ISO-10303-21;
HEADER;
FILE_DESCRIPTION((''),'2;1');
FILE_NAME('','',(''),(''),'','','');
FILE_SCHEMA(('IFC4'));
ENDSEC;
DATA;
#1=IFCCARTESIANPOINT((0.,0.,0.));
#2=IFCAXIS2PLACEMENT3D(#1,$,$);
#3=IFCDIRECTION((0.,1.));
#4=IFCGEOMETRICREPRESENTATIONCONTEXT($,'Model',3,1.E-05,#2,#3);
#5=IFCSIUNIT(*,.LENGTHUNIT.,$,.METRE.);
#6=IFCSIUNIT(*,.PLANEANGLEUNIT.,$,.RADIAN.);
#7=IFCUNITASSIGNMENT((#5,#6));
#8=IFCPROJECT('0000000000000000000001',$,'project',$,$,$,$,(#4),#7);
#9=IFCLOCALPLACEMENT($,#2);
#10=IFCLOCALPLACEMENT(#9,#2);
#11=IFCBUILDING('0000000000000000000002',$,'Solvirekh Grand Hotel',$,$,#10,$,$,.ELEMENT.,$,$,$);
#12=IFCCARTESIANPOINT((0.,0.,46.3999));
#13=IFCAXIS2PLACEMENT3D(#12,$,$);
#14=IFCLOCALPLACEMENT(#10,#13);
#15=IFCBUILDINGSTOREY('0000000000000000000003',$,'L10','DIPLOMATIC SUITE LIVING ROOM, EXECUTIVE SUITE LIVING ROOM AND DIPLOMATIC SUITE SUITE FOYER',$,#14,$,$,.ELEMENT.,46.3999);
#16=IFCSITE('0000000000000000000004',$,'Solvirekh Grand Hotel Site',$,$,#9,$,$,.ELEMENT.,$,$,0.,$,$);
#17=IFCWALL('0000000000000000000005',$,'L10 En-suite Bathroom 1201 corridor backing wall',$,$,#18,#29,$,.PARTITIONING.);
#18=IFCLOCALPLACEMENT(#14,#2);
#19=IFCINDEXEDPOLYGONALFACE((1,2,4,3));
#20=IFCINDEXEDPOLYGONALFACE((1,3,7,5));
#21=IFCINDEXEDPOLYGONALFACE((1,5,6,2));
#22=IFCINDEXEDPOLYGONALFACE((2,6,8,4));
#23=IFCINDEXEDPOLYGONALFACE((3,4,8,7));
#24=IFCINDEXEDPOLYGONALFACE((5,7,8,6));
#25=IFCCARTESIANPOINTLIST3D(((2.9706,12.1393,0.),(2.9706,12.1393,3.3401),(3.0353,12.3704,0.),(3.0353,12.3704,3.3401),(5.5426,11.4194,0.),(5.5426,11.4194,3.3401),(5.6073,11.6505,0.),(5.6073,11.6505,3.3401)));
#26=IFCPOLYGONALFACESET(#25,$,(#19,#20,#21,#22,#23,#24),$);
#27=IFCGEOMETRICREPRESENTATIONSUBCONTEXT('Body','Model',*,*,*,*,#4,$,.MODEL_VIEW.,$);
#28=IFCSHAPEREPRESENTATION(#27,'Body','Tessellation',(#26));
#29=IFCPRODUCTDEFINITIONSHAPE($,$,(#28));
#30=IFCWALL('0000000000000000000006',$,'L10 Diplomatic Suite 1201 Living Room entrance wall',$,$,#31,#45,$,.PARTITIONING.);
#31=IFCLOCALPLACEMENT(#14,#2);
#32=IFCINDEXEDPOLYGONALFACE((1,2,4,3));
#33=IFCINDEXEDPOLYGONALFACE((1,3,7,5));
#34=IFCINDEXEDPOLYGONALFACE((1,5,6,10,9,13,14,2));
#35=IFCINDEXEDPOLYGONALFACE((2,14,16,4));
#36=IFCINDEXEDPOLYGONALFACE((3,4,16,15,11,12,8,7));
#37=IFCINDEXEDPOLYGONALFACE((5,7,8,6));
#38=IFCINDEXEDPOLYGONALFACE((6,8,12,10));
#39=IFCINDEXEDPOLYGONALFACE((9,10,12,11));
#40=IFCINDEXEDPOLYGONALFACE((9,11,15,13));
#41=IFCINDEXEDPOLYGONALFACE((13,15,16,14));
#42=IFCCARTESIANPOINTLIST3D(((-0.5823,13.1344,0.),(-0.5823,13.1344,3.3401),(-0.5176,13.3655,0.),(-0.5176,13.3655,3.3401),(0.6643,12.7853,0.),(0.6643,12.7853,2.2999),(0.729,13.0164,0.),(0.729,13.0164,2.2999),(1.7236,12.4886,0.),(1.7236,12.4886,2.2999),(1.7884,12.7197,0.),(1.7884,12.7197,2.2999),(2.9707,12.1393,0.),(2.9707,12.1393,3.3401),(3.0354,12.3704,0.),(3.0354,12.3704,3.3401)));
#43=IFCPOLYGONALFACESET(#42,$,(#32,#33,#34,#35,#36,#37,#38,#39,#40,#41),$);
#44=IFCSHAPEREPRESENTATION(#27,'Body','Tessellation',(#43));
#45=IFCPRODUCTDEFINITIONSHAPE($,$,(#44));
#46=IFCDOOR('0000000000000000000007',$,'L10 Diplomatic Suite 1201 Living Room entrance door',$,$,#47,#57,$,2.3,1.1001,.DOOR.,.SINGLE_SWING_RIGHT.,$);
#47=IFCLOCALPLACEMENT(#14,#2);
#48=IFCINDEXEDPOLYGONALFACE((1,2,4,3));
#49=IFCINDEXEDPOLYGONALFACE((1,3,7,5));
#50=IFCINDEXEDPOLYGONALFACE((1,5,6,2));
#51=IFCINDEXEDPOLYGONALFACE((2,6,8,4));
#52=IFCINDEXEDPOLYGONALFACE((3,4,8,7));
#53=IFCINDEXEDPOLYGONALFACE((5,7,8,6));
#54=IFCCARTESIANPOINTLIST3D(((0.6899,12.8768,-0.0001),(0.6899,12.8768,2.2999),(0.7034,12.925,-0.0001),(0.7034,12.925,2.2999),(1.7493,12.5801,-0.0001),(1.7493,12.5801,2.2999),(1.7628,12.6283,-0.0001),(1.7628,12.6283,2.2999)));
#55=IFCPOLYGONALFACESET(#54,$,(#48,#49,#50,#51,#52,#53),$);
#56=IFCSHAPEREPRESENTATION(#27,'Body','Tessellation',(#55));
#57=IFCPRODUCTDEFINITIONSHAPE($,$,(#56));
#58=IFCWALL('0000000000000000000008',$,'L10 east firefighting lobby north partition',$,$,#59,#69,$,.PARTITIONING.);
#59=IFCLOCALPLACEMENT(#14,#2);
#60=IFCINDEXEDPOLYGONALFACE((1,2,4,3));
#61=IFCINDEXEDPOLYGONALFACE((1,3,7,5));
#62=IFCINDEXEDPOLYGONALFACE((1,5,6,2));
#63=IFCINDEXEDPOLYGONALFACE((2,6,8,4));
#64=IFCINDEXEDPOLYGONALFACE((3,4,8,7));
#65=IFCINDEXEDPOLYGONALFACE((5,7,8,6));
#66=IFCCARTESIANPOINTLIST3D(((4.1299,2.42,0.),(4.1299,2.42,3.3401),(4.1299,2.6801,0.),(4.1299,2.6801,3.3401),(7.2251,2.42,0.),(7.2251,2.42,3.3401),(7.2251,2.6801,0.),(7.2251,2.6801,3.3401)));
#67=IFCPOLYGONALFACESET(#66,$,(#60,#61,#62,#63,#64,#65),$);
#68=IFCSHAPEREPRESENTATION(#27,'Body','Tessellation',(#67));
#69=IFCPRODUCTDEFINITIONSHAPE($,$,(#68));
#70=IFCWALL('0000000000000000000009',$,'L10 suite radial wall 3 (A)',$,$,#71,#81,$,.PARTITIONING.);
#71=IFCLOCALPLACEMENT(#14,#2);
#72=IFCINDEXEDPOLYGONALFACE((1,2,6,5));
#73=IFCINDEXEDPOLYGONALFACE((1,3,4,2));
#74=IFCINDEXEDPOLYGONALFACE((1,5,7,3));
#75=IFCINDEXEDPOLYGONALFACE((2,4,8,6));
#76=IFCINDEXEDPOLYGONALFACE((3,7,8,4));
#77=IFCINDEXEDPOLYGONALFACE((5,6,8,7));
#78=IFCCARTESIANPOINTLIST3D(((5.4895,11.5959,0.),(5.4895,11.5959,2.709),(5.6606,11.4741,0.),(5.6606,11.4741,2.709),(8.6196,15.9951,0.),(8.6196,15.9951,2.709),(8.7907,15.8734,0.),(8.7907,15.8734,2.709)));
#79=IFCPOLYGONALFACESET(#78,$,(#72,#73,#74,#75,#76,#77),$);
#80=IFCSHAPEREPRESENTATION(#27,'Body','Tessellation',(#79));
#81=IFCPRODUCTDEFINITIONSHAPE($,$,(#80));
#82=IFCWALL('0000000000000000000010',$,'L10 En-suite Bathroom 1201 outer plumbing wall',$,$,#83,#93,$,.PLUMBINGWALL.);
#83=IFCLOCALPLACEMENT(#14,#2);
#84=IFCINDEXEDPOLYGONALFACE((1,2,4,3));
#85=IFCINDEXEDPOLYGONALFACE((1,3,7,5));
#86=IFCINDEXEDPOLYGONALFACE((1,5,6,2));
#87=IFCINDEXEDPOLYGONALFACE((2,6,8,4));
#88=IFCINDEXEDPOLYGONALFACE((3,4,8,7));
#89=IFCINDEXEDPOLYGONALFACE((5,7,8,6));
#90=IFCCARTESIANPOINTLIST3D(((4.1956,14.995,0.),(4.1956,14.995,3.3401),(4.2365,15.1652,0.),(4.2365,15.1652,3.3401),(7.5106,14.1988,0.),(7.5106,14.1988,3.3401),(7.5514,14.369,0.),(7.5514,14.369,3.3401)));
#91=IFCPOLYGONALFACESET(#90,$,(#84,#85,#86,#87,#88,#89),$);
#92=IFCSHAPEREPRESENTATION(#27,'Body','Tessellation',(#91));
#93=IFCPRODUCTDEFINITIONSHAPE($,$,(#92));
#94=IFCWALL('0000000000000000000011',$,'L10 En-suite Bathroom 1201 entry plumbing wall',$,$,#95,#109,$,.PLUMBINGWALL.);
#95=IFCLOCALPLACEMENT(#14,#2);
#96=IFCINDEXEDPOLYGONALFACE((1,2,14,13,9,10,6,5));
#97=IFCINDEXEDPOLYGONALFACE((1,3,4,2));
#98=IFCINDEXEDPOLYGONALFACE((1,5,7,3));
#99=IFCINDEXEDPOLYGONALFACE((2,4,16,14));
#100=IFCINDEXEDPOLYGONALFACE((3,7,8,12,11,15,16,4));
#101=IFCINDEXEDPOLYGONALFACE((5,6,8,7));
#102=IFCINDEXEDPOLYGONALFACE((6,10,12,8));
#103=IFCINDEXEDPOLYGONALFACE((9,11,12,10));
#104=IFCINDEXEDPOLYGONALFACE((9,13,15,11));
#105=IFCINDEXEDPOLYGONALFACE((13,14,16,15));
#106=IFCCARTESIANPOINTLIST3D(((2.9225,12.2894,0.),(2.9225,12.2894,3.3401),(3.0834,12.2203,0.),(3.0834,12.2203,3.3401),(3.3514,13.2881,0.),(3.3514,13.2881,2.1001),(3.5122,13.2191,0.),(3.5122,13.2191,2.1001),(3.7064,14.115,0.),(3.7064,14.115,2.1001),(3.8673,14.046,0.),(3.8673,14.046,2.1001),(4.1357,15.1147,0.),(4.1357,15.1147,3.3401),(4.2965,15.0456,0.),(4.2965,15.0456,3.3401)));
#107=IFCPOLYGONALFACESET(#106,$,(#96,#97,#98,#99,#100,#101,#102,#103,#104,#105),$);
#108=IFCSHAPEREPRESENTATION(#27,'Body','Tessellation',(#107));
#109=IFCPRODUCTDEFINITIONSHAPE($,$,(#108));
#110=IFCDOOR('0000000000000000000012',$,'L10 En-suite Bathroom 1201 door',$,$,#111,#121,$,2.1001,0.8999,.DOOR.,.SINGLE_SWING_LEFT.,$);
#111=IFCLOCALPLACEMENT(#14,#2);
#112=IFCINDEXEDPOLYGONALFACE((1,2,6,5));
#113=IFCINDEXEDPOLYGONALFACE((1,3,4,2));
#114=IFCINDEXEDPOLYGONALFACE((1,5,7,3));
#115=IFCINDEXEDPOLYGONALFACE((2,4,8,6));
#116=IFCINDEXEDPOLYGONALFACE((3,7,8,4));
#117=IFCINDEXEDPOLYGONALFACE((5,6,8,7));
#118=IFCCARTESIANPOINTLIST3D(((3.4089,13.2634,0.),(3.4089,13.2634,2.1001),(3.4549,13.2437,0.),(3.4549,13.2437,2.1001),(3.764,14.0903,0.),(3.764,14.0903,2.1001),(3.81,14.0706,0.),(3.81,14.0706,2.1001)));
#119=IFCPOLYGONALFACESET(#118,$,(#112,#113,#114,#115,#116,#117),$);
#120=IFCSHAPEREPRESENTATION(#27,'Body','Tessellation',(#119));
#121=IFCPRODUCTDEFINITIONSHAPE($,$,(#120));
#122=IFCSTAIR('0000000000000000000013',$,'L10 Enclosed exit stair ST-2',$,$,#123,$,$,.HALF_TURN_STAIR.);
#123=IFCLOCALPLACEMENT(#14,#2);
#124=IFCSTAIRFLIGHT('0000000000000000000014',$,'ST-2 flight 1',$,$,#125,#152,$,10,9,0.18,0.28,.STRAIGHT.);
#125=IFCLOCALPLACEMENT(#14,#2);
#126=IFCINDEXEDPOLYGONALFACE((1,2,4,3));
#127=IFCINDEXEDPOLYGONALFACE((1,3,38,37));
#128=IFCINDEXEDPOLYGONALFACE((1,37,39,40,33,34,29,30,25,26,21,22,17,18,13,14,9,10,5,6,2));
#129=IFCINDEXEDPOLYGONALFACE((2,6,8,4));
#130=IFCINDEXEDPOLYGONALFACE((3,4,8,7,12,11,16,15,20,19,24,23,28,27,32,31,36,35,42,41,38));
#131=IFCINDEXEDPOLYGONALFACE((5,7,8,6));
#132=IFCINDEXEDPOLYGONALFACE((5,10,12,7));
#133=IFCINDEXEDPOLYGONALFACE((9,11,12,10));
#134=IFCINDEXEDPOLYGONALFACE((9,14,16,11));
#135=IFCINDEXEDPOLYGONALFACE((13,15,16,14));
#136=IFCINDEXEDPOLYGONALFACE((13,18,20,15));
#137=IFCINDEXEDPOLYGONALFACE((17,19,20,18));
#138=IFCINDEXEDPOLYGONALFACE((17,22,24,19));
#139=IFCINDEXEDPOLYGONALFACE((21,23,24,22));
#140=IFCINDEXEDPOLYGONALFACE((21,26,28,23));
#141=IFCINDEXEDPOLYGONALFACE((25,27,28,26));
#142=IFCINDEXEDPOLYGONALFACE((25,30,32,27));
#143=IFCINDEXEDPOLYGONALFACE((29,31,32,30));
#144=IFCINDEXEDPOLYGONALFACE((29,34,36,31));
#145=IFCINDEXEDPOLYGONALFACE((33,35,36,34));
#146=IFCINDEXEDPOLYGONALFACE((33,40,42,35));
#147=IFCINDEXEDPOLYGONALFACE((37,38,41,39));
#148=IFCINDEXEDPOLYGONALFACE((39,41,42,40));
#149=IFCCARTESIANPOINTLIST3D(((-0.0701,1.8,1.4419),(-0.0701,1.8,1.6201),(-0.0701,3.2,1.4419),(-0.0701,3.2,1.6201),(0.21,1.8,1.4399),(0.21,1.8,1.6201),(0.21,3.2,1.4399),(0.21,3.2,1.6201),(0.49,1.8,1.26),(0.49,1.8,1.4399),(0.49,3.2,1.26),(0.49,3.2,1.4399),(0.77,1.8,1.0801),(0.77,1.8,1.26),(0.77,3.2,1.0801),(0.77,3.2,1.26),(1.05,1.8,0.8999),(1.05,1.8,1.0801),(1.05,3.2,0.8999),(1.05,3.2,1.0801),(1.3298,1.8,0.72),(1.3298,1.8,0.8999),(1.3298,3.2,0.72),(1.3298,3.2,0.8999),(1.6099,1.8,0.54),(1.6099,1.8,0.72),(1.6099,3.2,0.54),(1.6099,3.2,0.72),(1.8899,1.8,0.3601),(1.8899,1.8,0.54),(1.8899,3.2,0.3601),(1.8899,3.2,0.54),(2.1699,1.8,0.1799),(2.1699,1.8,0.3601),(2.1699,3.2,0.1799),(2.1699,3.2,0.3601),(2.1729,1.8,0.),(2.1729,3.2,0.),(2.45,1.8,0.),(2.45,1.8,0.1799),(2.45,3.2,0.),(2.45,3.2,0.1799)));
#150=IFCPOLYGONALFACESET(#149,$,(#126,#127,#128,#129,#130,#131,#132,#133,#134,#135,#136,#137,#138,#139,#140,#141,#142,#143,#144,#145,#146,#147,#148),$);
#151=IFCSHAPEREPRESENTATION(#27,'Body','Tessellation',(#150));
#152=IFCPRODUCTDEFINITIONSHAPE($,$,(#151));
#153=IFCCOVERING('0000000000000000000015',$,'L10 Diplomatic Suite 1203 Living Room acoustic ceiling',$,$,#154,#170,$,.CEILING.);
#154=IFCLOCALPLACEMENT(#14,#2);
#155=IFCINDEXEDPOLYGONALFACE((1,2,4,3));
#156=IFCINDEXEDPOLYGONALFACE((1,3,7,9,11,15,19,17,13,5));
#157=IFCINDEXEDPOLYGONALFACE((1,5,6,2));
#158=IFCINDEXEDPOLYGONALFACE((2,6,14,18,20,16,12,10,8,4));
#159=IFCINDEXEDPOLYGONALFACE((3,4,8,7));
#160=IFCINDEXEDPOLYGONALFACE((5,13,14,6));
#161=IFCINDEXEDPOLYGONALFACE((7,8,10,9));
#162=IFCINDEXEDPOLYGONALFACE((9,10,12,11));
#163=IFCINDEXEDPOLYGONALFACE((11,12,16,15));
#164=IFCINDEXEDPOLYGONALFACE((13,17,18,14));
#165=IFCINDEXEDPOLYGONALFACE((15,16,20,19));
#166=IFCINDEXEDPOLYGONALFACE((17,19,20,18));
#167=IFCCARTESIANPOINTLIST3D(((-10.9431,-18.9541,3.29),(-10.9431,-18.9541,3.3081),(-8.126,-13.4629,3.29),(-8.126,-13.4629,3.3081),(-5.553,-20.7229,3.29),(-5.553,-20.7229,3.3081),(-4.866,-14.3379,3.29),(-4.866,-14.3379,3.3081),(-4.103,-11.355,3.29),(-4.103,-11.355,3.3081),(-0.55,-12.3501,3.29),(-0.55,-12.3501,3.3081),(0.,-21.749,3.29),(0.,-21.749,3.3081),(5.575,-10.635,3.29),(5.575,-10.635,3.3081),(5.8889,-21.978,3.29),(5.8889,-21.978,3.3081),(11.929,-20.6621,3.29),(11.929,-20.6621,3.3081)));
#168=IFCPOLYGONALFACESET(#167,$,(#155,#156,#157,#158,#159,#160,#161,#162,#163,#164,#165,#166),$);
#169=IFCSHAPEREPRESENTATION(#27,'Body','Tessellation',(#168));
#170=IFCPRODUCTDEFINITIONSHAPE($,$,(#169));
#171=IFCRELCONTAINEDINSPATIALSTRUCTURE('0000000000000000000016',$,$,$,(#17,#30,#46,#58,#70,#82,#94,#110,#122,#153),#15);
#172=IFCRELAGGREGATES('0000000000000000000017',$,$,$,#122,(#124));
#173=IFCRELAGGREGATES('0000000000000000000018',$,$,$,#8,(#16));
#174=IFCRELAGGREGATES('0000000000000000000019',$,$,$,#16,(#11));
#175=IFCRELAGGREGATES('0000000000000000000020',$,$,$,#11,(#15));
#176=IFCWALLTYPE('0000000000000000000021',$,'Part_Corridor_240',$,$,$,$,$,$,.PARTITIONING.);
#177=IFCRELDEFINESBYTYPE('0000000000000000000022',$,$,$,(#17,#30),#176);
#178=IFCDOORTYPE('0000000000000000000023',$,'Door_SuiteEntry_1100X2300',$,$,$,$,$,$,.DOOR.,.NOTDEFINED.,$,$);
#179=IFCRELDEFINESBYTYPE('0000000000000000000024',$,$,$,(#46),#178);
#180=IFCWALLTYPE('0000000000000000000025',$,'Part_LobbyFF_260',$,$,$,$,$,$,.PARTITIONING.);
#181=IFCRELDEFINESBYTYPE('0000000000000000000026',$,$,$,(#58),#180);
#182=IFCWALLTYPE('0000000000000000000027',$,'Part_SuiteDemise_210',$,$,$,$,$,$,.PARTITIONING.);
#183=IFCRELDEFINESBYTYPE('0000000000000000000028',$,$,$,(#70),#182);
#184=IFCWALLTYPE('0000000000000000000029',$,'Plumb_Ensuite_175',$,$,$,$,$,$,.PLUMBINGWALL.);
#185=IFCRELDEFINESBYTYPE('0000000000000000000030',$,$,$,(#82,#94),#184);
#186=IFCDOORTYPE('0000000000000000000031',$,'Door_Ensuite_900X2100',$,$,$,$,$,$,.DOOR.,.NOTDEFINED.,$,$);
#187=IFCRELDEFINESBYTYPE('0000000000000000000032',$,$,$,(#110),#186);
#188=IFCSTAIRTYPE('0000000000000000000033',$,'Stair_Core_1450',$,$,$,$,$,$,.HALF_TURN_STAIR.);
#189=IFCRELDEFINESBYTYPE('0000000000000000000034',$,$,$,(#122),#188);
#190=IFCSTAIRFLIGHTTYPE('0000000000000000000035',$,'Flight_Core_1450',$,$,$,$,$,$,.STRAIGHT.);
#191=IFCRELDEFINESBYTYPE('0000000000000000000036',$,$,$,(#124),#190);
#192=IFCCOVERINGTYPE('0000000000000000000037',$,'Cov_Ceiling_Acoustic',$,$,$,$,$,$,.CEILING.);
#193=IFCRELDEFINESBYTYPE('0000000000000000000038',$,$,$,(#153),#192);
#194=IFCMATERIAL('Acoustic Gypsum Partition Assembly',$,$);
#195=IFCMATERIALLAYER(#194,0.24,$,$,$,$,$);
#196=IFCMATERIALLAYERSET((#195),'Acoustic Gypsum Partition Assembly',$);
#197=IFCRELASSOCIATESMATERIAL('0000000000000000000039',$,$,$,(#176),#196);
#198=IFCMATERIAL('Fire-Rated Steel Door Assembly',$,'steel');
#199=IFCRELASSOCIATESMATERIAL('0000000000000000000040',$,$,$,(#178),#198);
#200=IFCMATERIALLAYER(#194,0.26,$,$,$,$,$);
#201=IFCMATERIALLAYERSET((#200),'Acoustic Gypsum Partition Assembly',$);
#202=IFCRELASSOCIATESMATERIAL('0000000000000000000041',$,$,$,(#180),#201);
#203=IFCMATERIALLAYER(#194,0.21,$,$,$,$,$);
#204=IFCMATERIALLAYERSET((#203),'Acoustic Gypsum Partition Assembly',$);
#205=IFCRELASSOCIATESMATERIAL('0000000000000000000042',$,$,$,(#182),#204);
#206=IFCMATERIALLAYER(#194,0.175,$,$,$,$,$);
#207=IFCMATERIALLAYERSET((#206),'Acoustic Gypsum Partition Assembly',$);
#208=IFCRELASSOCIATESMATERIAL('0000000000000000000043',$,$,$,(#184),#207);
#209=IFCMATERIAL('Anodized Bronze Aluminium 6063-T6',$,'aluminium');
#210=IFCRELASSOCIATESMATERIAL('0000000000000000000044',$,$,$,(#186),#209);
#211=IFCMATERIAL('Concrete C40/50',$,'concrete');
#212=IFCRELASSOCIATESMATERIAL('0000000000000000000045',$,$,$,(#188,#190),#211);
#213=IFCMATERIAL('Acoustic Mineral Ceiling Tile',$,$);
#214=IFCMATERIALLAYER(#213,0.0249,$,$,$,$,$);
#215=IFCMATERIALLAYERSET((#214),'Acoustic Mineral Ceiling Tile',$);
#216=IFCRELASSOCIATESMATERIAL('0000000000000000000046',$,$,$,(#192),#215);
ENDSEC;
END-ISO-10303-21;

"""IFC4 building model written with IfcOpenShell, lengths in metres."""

from ifc_helpers import new_model, si_unit, direction, frame, frame_2d, origin, place, context, subcontext, project, spatial, polyline, rectangle, outline, extrude, material, layer, layer_set, type_object, element, fill, aggregate, save


model = new_model("IFC4")

# Units and contexts
model_context = context("Model", 3, precision=1e-05, world=origin(), true_north=direction((0.0, 1.0)))
body_context = subcontext(model_context, "Body", "Model", "MODEL_VIEW")
ifc_project = project(units=[si_unit("LENGTHUNIT", "METRE"), si_unit("PLANEANGLEUNIT", "RADIAN")], contexts=[model_context])

# Site, building, storey
site_placement = place(None, origin())
site = spatial("IfcSite", under=ifc_project, at=site_placement, Name="Solvirekh Grand Hotel Site", CompositionType="ELEMENT", RefElevation=0.0)
building_placement = place(site_placement, origin())
building = spatial("IfcBuilding", under=site, at=building_placement, Name="Solvirekh Grand Hotel", CompositionType="ELEMENT")
storey_placement = place(building_placement, frame((0.0, 0.0, 46.3999)))
storey = spatial("IfcBuildingStorey", under=building, at=storey_placement, Name="L10", Description="DIPLOMATIC SUITE LIVING ROOM, EXECUTIVE SUITE LIVING ROOM AND DIPLOMATIC SUITE SUITE FOYER", CompositionType="ELEMENT", Elevation=46.3999)

# Shared definitions
ifc_material_1 = material(Name="Anodized Bronze Aluminium 6063-T6", Category="aluminium")

# Shared definitions
ifc_material_2 = material(Name="Concrete C40/50", Category="concrete")
ifc_material_3 = material(Name="Acoustic Gypsum Partition Assembly")

# Wall
ifc_layer_1 = layer(ifc_material_3, 0.24)
ifc_layer_set_1 = layer_set([ifc_layer_1], Name="Acoustic Gypsum Partition Assembly")
wall_type_1 = type_object("IfcWallType", Name="Part_Corridor_240", PredefinedType="PARTITIONING", material=ifc_layer_set_1)
wall_1_placement = place(storey_placement, frame((5.575, 11.5349, 0.0), z_axis=(0.0, 0.0, 1.0), x_axis=(-0.962983, 0.269562, 0.0)))
element("IfcWall", 1, at=wall_1_placement, inside=storey, type_object=wall_type_1, Name="L10 En-suite Bathroom 1201 corridor backing wall", PredefinedType="PARTITIONING", context=body_context, shape_type="SweptSolid", body=[
    extrude(rectangle(XDim=2.6709, YDim=0.24, at=frame_2d((1.3354, 0.0))), origin(), (0.0, 0.0, 1.0), 3.3401),
])

# Wall, opening, door
wall_2_placement = place(storey_placement, frame((3.0029, 12.2549, 0.0), z_axis=(0.0, 0.0, 1.0), x_axis=(-0.962944, 0.269701, 0.0)))
wall_2 = element("IfcWall", 2, at=wall_2_placement, inside=storey, type_object=wall_type_1, Name="L10 Diplomatic Suite 1201 Living Room entrance wall", PredefinedType="PARTITIONING", context=body_context, shape_type="SweptSolid", body=[
    extrude(rectangle(XDim=3.6897, YDim=0.24, at=frame_2d((1.8447, 0.0))), origin(), (0.0, 0.0, 1.0), 3.3401),
])
opening_1_placement = place(wall_2_placement, frame((1.2949, 0.0, 0.0)))
opening_1 = element("IfcOpeningElement", 3, at=opening_1_placement, cuts=wall_2, PredefinedType="OPENING", context=body_context, shape_type="SweptSolid", body=[
    extrude(rectangle(XDim=1.1001, YDim=2.3, at=frame_2d((0.55, 1.1499))), frame((0.0, 0.1299, 0.0), z_axis=(0.0, -1.0, 0.0), x_axis=(1.0, 0.0, 0.0)), (0.0, 0.0, 1.0), 0.26),
])
ifc_material_4 = material(Name="Fire-Rated Steel Door Assembly", Category="steel")
door_type_1 = type_object("IfcDoorType", Name="Door_SuiteEntry_1100X2300", OperationType="NOTDEFINED", PredefinedType="DOOR", material=ifc_material_4)
door_1_placement = place(opening_1_placement, origin())
door_1 = element("IfcDoor", 4, at=door_1_placement, inside=storey, type_object=door_type_1, Name="L10 Diplomatic Suite 1201 Living Room entrance door", OperationType="SINGLE_SWING_RIGHT", OverallHeight=2.3, OverallWidth=1.1001, PredefinedType="DOOR", context=body_context, shape_type="SweptSolid", body=[
    extrude(rectangle(XDim=1.1001, YDim=2.3, at=frame_2d((0.55, 1.1499))), frame((0.0, 0.0249, 0.0), z_axis=(0.0, -1.0, 0.0), x_axis=(1.0, 0.0, 0.0)), (0.0, 0.0, 1.0), 0.05),
])
fill(opening_1, door_1)

# Walls
ifc_layer_2 = layer(ifc_material_3, 0.26)
ifc_layer_set_2 = layer_set([ifc_layer_2], Name="Acoustic Gypsum Partition Assembly")
wall_type_2 = type_object("IfcWallType", Name="Part_LobbyFF_260", PredefinedType="PARTITIONING", material=ifc_layer_set_2)
wall_3_placement = place(storey_placement, frame((4.1299, 2.55, 0.0), z_axis=(0.0, 0.0, 1.0), x_axis=(1.0, 0.0, 0.0)))
element("IfcWall", 5, at=wall_3_placement, inside=storey, type_object=wall_type_2, Name="L10 east firefighting lobby north partition", PredefinedType="PARTITIONING", context=body_context, shape_type="SweptSolid", body=[
    extrude(rectangle(XDim=3.0952, YDim=0.26, at=frame_2d((1.5476, 0.0))), origin(), (0.0, 0.0, 1.0), 3.3401),
])
ifc_layer_3 = layer(ifc_material_3, 0.21)
ifc_layer_set_3 = layer_set([ifc_layer_3], Name="Acoustic Gypsum Partition Assembly")
wall_type_3 = type_object("IfcWallType", Name="Part_SuiteDemise_210", PredefinedType="PARTITIONING", material=ifc_layer_set_3)
wall_4_placement = place(storey_placement, frame((5.575, 11.5349, 0.0), z_axis=(0.0, 0.0, 1.0), x_axis=(0.579749, 0.814795, 0.0)))
element("IfcWall", 6, at=wall_4_placement, inside=storey, type_object=wall_type_3, Name="L10 suite radial wall 3 (A)", PredefinedType="PARTITIONING", context=body_context, shape_type="SweptSolid", body=[
    extrude(rectangle(XDim=5.3992, YDim=0.21, at=frame_2d((2.6997, 0.0))), origin(), (0.0, 0.0, 1.0), 2.709),
])
ifc_layer_4 = layer(ifc_material_3, 0.175)
ifc_layer_set_4 = layer_set([ifc_layer_4], Name="Acoustic Gypsum Partition Assembly")
wall_type_4 = type_object("IfcWallType", Name="Plumb_Ensuite_175", PredefinedType="PLUMBINGWALL", material=ifc_layer_set_4)
wall_5_placement = place(storey_placement, frame((7.531, 14.2839, 0.0), z_axis=(0.0, 0.0, 1.0), x_axis=(-0.97235, 0.233527, 0.0)))
element("IfcWall", 7, at=wall_5_placement, inside=storey, type_object=wall_type_4, Name="L10 En-suite Bathroom 1201 outer plumbing wall", PredefinedType="PLUMBINGWALL", context=body_context, shape_type="SweptSolid", body=[
    extrude(rectangle(XDim=3.4092, YDim=0.175, at=frame_2d((1.7046, 0.0))), origin(), (0.0, 0.0, 1.0), 3.3401),
])

# Wall, opening, door
wall_6_placement = place(storey_placement, frame((3.0029, 12.2549, 0.0), z_axis=(0.0, 0.0, 1.0), x_axis=(0.394561, 0.91887, 0.0)))
wall_6 = element("IfcWall", 8, at=wall_6_placement, inside=storey, type_object=wall_type_4, Name="L10 En-suite Bathroom 1201 entry plumbing wall", PredefinedType="PLUMBINGWALL", context=body_context, shape_type="SweptSolid", body=[
    extrude(rectangle(XDim=3.0747, YDim=0.175, at=frame_2d((1.5374, 0.0))), origin(), (0.0, 0.0, 1.0), 3.3401),
])
opening_2_placement = place(wall_6_placement, frame((1.0869, 0.0, 0.0)))
opening_2 = element("IfcOpeningElement", 9, at=opening_2_placement, cuts=wall_6, PredefinedType="OPENING", context=body_context, shape_type="SweptSolid", body=[
    extrude(rectangle(XDim=0.8999, YDim=2.1001, at=frame_2d((0.45, 1.05))), frame((0.0, 0.0977, 0.0), z_axis=(0.0, -1.0, 0.0), x_axis=(1.0, 0.0, 0.0)), (0.0, 0.0, 1.0), 0.1951),
])
door_type_2 = type_object("IfcDoorType", Name="Door_Ensuite_900X2100", OperationType="NOTDEFINED", PredefinedType="DOOR", material=ifc_material_1)
door_2_placement = place(opening_2_placement, origin())
door_2 = element("IfcDoor", 10, at=door_2_placement, inside=storey, type_object=door_type_2, Name="L10 En-suite Bathroom 1201 door", OperationType="SINGLE_SWING_LEFT", OverallHeight=2.1001, OverallWidth=0.8999, PredefinedType="DOOR", context=body_context, shape_type="SweptSolid", body=[
    extrude(rectangle(XDim=0.8999, YDim=2.1001, at=frame_2d((0.45, 1.05))), frame((0.0, 0.0249, 0.0), z_axis=(0.0, -1.0, 0.0), x_axis=(1.0, 0.0, 0.0)), (0.0, 0.0, 1.0), 0.05),
])
fill(opening_2, door_2)

# Stair, stair flight
stair_type = type_object("IfcStairType", Name="Stair_Core_1450", PredefinedType="HALF_TURN_STAIR", material=ifc_material_2)
stair_placement = place(storey_placement, origin())
stair = element("IfcStair", 11, at=stair_placement, inside=storey, type_object=stair_type, Name="L10 Enclosed exit stair ST-2", PredefinedType="HALF_TURN_STAIR")
stair_flight_type = type_object("IfcStairFlightType", Name="Flight_Core_1450", PredefinedType="STRAIGHT", material=ifc_material_2)
stair_flight_placement = place(storey_placement, frame((2.45, 2.5, 0.0), z_axis=(0.0, 0.0, 1.0), x_axis=(-1.0, 0.0, 0.0)))
stair_flight = element("IfcStairFlight", 12, at=stair_flight_placement, type_object=stair_flight_type, Name="ST-2 flight 1", NumberOfRisers=10, NumberOfTreads=9, PredefinedType="STRAIGHT", RiserHeight=0.18, TreadLength=0.28, context=body_context, shape_type="SweptSolid", body=[
    extrude(outline(polyline([(0.0, 0.0), (0.0, 0.1799), (0.28, 0.1799), (0.28, 0.3601), (0.5601, 0.3601), (0.5601, 0.54), (0.8401, 0.54), (0.8401, 0.72), (1.1201, 0.72), (1.1201, 0.8999), (1.3999, 0.8999), (1.3999, 1.0801), (1.6799, 1.0801), (1.6799, 1.26), (1.96, 1.26), (1.96, 1.4399), (2.24, 1.4399), (2.24, 1.6201), (2.52, 1.6201), (2.52, 1.8), (2.52, 1.4419), (0.2771, 0.0), (0.0, 0.0)])), frame((0.0, 0.7, 0.0), z_axis=(0.0, -1.0, 0.0), x_axis=(1.0, 0.0, 0.0)), (0.0, 0.0, 1.0), 1.3999),
])
aggregate(stair, [stair_flight])

# Covering
ifc_material_5 = material(Name="Acoustic Mineral Ceiling Tile")
ifc_layer_5 = layer(ifc_material_5, 0.0249)
ifc_layer_set_5 = layer_set([ifc_layer_5], Name="Acoustic Mineral Ceiling Tile")
covering_type_1 = type_object("IfcCoveringType", Name="Cov_Ceiling_Acoustic", PredefinedType="CEILING", material=ifc_layer_set_5)
covering_1_placement = place(storey_placement, frame((0.0, 0.0, 3.29)))
element("IfcCovering", 13, at=covering_1_placement, inside=storey, type_object=covering_type_1, Name="L10 Diplomatic Suite 1203 Living Room acoustic ceiling", PredefinedType="CEILING", context=body_context, shape_type="SweptSolid", body=[
    extrude(outline(polyline([(-4.866, -14.3379), (-8.126, -13.4629), (-10.9431, -18.9541), (-5.553, -20.7229), (0.0, -21.749), (5.8889, -21.978), (11.929, -20.6621), (5.575, -10.635), (-0.55, -12.3501), (-4.103, -11.355), (-4.866, -14.3379)])), origin(), (0.0, 0.0, 1.0), 0.0181),
])

save(model, "model.ifc")
